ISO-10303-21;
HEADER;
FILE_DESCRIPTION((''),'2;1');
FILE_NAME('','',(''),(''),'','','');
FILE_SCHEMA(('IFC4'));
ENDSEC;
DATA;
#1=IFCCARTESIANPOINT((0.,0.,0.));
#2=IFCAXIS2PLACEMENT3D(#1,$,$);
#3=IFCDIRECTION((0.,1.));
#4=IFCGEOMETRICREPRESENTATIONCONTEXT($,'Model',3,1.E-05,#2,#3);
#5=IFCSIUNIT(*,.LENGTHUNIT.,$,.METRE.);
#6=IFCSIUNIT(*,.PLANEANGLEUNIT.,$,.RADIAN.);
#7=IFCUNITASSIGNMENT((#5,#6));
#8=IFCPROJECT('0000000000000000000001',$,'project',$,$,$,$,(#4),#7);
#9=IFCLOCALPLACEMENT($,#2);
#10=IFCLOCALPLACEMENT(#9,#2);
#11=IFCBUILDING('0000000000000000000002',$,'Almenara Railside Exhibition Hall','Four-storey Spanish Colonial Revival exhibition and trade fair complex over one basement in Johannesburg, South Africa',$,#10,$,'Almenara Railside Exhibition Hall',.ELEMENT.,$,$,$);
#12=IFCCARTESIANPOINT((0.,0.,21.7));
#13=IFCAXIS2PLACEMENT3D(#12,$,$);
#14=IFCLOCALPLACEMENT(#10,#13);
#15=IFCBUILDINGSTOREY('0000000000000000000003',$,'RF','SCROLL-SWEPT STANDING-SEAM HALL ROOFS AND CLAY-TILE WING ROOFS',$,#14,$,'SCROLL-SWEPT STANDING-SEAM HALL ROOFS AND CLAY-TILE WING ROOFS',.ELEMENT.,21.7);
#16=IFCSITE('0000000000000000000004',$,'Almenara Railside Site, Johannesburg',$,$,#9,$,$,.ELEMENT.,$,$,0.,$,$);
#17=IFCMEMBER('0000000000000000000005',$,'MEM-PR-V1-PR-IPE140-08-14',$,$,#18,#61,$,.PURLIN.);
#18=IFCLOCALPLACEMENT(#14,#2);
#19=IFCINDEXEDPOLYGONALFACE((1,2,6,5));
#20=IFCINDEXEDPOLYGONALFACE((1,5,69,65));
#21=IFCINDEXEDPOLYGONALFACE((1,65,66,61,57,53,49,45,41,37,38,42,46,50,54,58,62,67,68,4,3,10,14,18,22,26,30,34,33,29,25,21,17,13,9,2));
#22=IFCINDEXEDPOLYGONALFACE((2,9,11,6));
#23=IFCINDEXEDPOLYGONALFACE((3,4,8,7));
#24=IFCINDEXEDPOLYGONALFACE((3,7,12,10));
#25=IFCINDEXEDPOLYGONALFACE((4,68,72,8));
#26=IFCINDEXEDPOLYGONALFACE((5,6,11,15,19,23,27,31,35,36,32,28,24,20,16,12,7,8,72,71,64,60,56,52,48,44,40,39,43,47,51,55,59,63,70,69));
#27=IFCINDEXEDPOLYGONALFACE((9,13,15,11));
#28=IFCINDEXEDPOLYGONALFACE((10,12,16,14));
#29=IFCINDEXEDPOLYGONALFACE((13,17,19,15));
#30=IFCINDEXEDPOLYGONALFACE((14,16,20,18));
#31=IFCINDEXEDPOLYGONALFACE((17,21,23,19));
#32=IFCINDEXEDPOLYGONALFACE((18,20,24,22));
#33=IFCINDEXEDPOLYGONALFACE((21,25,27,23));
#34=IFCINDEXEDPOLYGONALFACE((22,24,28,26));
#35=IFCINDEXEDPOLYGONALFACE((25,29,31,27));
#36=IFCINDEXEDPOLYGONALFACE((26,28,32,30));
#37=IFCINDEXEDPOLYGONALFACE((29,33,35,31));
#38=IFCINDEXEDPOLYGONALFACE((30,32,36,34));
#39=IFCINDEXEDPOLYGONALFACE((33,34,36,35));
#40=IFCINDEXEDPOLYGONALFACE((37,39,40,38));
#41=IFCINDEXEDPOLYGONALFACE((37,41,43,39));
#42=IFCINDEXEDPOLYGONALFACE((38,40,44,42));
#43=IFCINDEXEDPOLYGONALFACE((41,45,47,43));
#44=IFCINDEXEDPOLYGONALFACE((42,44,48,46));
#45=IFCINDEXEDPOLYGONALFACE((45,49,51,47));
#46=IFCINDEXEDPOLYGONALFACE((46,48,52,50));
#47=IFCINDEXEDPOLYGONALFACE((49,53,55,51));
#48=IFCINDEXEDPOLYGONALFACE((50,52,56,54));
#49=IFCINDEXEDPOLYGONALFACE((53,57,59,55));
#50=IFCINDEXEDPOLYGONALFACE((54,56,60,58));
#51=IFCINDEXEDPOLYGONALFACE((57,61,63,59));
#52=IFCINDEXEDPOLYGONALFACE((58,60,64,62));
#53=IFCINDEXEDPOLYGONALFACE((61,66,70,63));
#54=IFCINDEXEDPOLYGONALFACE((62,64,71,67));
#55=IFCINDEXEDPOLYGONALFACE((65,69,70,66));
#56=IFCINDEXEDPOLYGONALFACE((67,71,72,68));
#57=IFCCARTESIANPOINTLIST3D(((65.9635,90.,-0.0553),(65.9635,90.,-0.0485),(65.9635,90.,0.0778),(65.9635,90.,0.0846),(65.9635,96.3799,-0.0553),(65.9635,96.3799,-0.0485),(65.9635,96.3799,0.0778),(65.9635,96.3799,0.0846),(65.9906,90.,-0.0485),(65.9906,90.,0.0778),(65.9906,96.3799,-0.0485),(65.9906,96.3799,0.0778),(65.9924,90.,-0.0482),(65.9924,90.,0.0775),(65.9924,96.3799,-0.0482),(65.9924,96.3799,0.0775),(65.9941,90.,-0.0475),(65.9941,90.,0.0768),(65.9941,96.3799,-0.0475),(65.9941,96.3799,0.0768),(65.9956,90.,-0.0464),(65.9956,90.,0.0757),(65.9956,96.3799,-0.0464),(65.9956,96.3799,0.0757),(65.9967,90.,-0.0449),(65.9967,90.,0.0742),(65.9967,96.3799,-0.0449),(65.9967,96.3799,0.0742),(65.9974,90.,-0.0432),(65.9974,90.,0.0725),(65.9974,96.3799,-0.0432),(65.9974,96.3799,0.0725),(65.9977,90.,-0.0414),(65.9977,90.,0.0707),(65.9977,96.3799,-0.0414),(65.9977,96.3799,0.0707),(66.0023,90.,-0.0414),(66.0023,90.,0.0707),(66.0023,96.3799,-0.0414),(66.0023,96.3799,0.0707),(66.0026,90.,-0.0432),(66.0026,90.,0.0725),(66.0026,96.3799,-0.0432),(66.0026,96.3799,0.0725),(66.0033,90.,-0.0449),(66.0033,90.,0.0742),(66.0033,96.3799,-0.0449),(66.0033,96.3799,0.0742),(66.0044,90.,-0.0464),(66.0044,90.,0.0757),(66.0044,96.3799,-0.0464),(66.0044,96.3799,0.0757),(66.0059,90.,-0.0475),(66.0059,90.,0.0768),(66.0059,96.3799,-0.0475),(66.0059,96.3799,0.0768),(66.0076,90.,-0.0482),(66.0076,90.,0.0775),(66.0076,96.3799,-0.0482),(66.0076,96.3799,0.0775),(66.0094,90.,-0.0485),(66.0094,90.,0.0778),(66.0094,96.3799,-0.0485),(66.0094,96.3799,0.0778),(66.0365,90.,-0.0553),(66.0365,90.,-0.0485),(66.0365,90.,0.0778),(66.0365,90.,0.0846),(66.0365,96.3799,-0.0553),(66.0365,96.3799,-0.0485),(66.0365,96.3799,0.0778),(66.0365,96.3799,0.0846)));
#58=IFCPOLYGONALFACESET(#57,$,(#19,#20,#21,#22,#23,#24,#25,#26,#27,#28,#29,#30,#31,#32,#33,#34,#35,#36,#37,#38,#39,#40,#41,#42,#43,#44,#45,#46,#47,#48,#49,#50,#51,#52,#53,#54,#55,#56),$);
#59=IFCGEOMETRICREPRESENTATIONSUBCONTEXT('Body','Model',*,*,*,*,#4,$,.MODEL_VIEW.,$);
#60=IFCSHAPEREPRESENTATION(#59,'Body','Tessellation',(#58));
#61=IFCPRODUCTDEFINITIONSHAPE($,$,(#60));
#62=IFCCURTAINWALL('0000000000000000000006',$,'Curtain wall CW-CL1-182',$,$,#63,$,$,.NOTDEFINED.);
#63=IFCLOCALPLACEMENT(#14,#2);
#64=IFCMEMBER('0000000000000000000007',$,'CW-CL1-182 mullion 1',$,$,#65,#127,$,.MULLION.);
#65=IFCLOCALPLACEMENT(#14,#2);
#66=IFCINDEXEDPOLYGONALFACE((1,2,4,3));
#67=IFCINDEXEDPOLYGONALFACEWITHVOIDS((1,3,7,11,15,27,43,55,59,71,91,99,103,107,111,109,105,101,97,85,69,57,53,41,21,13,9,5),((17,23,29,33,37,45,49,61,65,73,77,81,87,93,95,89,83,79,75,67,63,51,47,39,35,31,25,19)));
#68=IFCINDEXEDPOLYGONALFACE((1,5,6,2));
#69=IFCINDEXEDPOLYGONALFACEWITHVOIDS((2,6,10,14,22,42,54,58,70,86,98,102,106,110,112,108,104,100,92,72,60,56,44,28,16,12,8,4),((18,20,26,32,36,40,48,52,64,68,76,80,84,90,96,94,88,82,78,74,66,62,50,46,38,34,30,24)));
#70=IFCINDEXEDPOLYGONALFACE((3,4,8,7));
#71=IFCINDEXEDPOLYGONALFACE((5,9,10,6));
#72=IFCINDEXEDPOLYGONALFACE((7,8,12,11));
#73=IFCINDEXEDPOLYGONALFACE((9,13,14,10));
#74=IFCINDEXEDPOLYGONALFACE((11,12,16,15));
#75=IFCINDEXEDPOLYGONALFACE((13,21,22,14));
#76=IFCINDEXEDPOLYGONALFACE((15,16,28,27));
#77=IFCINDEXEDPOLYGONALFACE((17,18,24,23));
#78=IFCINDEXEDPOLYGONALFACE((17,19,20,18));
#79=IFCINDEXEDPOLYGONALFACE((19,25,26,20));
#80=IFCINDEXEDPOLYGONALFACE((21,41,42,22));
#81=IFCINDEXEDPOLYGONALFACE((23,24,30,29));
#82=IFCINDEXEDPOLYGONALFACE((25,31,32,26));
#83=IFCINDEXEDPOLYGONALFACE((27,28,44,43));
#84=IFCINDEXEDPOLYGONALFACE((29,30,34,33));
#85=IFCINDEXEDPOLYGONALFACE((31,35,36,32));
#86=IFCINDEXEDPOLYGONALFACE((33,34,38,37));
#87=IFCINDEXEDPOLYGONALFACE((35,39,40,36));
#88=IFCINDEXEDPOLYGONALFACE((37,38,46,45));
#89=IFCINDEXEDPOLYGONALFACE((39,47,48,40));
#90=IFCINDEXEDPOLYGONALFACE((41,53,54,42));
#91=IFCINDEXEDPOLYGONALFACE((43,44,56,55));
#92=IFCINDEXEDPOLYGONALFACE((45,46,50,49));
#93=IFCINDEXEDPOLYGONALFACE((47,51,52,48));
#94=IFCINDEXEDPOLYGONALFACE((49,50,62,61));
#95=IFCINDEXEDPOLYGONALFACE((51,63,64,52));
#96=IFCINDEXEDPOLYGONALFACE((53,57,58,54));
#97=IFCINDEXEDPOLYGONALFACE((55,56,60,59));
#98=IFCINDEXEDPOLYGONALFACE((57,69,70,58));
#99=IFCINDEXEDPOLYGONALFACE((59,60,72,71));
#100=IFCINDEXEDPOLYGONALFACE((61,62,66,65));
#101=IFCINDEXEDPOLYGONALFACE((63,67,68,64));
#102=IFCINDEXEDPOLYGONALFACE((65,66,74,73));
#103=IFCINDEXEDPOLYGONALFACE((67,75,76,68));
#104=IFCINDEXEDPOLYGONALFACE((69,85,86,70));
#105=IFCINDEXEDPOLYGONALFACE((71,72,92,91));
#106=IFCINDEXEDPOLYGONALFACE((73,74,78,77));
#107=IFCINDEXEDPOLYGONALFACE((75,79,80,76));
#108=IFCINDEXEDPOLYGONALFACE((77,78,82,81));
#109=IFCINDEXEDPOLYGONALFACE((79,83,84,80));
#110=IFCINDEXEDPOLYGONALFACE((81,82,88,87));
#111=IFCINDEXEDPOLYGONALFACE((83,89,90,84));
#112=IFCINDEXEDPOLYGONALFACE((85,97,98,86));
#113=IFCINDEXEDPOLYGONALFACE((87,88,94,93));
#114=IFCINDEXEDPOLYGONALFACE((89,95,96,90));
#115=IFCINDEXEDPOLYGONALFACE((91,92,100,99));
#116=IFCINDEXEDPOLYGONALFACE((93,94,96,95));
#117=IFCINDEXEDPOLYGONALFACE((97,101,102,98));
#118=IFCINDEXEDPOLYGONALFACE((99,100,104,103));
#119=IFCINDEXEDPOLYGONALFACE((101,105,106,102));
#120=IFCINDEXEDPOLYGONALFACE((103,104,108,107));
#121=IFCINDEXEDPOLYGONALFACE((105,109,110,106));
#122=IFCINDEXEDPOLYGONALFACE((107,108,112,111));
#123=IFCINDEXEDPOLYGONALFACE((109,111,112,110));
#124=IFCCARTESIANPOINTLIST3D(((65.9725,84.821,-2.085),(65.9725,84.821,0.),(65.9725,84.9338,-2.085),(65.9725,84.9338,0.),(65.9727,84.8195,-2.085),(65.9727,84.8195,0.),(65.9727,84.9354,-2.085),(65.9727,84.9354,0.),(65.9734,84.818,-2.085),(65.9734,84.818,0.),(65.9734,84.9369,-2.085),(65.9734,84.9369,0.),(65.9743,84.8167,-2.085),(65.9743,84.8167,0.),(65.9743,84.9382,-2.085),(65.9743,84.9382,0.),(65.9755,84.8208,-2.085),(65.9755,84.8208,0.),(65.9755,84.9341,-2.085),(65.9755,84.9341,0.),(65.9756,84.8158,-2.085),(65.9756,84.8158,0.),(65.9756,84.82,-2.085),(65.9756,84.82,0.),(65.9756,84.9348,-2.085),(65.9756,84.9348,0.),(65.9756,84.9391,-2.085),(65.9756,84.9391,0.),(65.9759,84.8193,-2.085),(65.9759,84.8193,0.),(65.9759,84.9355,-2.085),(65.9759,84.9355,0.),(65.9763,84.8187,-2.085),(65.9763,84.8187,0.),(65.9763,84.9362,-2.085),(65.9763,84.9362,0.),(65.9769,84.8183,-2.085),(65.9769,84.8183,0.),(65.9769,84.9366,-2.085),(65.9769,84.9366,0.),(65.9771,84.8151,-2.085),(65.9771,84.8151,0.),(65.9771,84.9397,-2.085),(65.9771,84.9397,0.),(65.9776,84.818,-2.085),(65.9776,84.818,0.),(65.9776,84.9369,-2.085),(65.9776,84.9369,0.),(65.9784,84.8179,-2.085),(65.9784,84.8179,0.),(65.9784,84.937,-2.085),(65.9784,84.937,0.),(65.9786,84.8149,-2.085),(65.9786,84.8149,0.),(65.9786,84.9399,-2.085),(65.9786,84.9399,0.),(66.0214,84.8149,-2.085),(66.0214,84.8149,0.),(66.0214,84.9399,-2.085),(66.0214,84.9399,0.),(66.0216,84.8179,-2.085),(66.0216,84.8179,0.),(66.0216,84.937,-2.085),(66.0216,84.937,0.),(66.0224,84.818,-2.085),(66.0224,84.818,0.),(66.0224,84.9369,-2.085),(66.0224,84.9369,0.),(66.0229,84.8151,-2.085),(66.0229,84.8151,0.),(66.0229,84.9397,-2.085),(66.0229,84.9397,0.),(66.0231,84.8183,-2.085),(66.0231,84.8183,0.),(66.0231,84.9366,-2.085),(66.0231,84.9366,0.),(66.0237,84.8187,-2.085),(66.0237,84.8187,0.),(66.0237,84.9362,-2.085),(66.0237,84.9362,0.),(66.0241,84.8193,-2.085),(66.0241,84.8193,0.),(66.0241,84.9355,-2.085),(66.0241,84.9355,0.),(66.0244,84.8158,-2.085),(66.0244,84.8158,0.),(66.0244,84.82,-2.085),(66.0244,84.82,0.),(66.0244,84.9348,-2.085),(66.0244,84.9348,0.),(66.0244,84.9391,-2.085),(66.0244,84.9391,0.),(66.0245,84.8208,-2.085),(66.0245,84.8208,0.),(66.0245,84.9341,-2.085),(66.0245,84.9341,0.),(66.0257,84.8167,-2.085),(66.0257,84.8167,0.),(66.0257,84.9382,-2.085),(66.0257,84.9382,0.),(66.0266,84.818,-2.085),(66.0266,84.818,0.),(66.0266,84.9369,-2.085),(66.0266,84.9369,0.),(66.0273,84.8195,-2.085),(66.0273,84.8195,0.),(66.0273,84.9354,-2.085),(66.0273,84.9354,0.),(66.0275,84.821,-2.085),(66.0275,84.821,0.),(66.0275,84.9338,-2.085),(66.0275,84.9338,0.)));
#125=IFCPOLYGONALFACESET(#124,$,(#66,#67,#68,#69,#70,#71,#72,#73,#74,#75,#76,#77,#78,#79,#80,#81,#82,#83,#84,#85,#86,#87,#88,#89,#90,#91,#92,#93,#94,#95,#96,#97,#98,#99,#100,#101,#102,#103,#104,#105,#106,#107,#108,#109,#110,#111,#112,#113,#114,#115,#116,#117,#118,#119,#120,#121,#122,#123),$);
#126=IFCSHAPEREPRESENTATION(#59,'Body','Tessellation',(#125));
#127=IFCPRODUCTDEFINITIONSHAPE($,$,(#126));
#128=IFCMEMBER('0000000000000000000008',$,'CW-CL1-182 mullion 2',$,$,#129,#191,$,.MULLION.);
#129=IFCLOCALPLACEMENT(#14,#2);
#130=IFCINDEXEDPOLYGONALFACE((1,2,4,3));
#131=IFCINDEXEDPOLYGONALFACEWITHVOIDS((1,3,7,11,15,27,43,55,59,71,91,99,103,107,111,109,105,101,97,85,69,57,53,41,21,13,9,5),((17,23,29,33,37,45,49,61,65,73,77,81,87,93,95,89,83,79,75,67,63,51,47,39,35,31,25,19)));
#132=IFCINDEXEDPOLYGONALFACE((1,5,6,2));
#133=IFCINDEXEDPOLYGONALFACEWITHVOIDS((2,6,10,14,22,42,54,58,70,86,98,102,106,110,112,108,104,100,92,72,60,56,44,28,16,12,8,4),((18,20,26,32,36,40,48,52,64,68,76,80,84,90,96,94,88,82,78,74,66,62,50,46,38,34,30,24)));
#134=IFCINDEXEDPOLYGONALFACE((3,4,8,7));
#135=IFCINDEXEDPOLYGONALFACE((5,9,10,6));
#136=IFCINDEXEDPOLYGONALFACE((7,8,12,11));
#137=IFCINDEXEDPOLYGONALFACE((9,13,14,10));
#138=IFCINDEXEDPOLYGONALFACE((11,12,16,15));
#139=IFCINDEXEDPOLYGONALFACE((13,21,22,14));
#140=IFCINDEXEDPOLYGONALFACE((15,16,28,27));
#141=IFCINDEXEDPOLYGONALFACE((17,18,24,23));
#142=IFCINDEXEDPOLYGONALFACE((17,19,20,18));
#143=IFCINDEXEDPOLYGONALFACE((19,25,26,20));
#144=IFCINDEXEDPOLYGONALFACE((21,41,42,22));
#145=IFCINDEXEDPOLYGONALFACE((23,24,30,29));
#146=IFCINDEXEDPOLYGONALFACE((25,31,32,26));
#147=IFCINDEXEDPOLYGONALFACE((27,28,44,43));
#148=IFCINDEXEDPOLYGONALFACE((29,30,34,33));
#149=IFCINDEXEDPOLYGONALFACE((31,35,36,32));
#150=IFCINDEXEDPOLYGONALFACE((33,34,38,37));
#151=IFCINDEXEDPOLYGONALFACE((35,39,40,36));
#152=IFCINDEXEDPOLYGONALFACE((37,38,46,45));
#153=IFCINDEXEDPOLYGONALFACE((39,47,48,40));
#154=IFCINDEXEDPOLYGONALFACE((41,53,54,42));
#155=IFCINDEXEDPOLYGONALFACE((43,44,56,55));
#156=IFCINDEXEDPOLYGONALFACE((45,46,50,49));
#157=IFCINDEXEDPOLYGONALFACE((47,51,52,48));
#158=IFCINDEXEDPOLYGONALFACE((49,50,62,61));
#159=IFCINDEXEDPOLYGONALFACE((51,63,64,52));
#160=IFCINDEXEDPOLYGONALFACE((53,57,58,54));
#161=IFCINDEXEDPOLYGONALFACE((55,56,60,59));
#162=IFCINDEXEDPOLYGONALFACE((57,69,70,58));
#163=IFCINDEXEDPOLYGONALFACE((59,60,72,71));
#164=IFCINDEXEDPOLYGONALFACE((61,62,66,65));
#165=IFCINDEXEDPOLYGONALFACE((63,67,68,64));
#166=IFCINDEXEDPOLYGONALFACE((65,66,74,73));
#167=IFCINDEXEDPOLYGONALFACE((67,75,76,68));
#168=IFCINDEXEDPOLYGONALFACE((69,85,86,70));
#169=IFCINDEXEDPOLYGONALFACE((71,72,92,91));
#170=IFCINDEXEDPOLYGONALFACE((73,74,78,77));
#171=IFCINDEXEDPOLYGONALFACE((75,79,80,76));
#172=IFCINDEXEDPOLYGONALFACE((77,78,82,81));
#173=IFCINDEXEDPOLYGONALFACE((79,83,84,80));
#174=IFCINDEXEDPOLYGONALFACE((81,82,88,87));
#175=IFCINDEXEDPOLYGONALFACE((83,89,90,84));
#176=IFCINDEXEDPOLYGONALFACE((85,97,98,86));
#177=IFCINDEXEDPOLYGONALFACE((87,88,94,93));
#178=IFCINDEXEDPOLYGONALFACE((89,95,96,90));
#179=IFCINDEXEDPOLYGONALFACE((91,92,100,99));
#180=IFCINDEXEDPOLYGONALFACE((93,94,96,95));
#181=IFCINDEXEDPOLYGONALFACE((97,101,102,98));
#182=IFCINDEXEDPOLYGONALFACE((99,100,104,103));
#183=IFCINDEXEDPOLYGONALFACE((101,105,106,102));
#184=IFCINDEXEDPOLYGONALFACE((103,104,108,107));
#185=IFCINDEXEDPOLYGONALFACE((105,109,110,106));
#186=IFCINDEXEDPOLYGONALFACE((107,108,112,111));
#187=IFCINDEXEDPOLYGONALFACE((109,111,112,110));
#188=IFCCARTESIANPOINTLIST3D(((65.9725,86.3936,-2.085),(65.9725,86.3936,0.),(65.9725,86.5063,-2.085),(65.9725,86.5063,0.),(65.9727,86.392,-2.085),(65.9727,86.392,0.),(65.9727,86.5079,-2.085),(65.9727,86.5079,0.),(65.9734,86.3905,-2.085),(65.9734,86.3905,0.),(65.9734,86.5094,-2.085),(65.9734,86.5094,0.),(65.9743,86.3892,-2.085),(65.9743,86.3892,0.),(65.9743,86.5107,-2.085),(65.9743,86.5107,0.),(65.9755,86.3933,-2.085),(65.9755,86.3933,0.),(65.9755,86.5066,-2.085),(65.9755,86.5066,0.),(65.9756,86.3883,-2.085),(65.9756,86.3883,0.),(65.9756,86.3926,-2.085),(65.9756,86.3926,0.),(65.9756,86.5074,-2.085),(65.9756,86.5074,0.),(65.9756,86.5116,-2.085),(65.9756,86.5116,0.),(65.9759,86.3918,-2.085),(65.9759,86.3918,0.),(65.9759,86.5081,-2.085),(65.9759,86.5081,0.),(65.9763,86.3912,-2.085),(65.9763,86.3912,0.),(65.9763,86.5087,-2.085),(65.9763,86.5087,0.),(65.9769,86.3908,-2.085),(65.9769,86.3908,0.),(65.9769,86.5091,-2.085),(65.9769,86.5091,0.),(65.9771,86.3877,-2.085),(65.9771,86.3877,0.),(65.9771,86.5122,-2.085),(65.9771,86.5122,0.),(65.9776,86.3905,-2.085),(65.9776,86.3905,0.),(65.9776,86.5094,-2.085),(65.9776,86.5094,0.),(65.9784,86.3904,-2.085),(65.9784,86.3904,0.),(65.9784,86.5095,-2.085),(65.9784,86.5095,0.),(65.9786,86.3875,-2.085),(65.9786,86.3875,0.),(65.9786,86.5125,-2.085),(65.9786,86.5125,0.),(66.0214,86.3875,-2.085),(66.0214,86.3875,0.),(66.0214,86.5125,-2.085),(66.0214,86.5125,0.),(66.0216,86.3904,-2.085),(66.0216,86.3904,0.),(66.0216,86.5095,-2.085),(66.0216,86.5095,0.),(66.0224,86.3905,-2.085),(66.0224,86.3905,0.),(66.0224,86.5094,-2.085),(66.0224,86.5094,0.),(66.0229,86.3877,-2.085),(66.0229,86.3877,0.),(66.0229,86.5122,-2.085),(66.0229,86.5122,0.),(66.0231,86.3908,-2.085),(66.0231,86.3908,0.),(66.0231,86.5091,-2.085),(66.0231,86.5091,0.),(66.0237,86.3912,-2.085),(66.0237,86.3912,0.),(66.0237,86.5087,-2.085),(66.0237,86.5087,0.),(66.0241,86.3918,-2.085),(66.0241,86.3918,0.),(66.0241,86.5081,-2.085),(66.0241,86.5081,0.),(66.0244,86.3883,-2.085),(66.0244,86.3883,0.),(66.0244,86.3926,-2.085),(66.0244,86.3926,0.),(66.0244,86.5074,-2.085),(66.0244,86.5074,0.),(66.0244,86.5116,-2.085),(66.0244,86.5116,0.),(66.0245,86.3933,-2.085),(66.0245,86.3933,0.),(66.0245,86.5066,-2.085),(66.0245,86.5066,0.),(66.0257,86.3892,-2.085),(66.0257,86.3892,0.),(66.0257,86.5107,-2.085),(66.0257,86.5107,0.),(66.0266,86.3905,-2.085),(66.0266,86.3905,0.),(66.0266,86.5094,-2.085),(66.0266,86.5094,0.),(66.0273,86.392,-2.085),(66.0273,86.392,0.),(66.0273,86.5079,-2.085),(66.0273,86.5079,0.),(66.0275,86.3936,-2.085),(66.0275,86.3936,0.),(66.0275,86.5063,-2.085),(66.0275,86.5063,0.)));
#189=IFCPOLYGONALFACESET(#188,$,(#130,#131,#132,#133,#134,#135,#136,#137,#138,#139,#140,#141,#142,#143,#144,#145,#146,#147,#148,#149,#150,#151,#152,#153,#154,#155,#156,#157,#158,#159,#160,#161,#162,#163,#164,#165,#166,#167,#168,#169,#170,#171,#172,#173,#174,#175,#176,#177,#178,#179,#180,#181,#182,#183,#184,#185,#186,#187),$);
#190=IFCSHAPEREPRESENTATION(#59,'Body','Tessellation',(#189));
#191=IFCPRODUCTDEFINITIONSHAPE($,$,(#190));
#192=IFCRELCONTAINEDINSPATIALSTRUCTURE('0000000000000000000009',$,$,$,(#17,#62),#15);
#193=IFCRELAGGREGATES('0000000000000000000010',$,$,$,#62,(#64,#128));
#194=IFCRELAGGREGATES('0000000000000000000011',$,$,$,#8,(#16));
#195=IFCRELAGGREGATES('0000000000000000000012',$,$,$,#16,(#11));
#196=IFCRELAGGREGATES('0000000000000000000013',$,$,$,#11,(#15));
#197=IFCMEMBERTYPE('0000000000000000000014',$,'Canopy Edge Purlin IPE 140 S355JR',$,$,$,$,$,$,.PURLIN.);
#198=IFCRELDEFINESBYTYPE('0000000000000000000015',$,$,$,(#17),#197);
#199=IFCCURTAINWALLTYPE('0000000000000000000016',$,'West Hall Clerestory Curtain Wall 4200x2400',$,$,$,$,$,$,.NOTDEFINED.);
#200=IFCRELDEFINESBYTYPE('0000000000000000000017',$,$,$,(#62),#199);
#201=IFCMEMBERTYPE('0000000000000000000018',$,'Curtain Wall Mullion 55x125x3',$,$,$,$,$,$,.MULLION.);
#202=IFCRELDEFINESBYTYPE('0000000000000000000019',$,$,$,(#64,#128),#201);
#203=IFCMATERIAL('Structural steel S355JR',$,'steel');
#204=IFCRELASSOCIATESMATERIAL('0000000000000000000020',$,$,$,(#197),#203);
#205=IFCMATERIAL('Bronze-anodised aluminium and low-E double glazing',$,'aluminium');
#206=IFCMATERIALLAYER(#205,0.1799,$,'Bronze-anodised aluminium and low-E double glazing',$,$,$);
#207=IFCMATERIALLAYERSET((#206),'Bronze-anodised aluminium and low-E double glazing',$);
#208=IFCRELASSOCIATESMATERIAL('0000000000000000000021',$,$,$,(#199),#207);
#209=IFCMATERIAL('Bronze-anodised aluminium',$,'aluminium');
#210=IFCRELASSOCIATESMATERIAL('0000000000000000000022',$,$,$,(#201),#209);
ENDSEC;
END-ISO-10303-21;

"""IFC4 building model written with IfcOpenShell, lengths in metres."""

from ifc_helpers import new_model, si_unit, direction, frame, origin, origin_2d, place, context, subcontext, project, spatial, hollow_rectangle, i_section, extrude, material, layer, layer_set, material_profile, profile_set, type_object, element, aggregate, save


model = new_model("IFC4")

# Units and contexts
model_context = context("Model", 3, precision=1e-05, world=origin(), true_north=direction((0.0, 1.0)))
body_context = subcontext(model_context, "Body", "Model", "MODEL_VIEW")
ifc_project = project(units=[si_unit("LENGTHUNIT", "METRE"), si_unit("PLANEANGLEUNIT", "RADIAN")], contexts=[model_context])

# Site, building, storey
site_placement = place(None, origin())
site = spatial("IfcSite", under=ifc_project, at=site_placement, Name="Almenara Railside Site, Johannesburg", CompositionType="ELEMENT", RefElevation=0.0)
building_placement = place(site_placement, origin())
building = spatial("IfcBuilding", under=site, at=building_placement, Name="Almenara Railside Exhibition Hall", Description="Four-storey Spanish Colonial Revival exhibition and trade fair complex over one basement in Johannesburg, South Africa", LongName="Almenara Railside Exhibition Hall", CompositionType="ELEMENT")
storey_placement = place(building_placement, frame((0.0, 0.0, 21.7)))
storey = spatial("IfcBuildingStorey", under=building, at=storey_placement, Name="RF", Description="SCROLL-SWEPT STANDING-SEAM HALL ROOFS AND CLAY-TILE WING ROOFS", LongName="SCROLL-SWEPT STANDING-SEAM HALL ROOFS AND CLAY-TILE WING ROOFS", CompositionType="ELEMENT", Elevation=21.7)

# Member
ifc_material_1 = material(Name="Structural steel S355JR", Category="steel")
ifc_material_profile_1 = material_profile(ifc_material_1, i_section(OverallWidth=0.073, OverallDepth=0.1399, WebThickness=0.0046, FlangeThickness=0.0068, FilletRadius=0.0071, at=origin_2d()), Name="IPE 140")
ifc_profile_set_1 = profile_set([ifc_material_profile_1], Name="Structural steel S355JR")
member_type_1 = type_object("IfcMemberType", Name="Canopy Edge Purlin IPE 140 S355JR", PredefinedType="PURLIN", material=ifc_profile_set_1)
member_1_placement = place(storey_placement, frame((66.0, 90.0, 0.0146), z_axis=(0.0, 1.0, 0.0), x_axis=(-1.0, 0.0, 0.0)))
element("IfcMember", 1, at=member_1_placement, inside=storey, type_object=member_type_1, Name="MEM-PR-V1-PR-IPE140-08-14", PredefinedType="PURLIN", context=body_context, shape_type="SweptSolid", body=[
    extrude(i_section(OverallWidth=0.073, OverallDepth=0.1399, WebThickness=0.0046, FlangeThickness=0.0068, FilletRadius=0.0071, at=origin_2d()), origin(), (0.0, 0.0, 1.0), 6.3799),
])

# Curtain wall, members
ifc_material_2 = material(Name="Bronze-anodised aluminium and low-E double glazing", Category="aluminium")
ifc_layer_1 = layer(ifc_material_2, 0.1799, Name="Bronze-anodised aluminium and low-E double glazing")
ifc_layer_set_1 = layer_set([ifc_layer_1], Name="Bronze-anodised aluminium and low-E double glazing")
curtain_wall_type = type_object("IfcCurtainWallType", Name="West Hall Clerestory Curtain Wall 4200x2400", PredefinedType="NOTDEFINED", material=ifc_layer_set_1)
curtain_wall_1_placement = place(storey_placement, origin())
curtain_wall_1 = element("IfcCurtainWall", 2, at=curtain_wall_1_placement, inside=storey, type_object=curtain_wall_type, Name="Curtain wall CW-CL1-182", PredefinedType="NOTDEFINED")
ifc_material_3 = material(Name="Bronze-anodised aluminium", Category="aluminium")
ifc_material_profile_2 = material_profile(ifc_material_3, hollow_rectangle(XDim=0.0549, YDim=0.125, WallThickness=0.0029, InnerFilletRadius=0.0029, OuterFilletRadius=0.0061, at=origin_2d()), Name="ALU-MUL 55x125x3")
ifc_profile_set_2 = profile_set([ifc_material_profile_2], Name="Bronze-anodised aluminium")
member_type_2 = type_object("IfcMemberType", Name="Curtain Wall Mullion 55x125x3", PredefinedType="MULLION", material=ifc_profile_set_2)
member_2_placement = place(storey_placement, frame((66.0, 84.8774, -2.085), z_axis=(0.0, 0.0, 1.0), x_axis=(-1.0, 0.0, 0.0)))
member_2 = element("IfcMember", 3, at=member_2_placement, type_object=member_type_2, Name="CW-CL1-182 mullion 1", PredefinedType="MULLION", context=body_context, shape_type="SweptSolid", body=[
    extrude(hollow_rectangle(XDim=0.0549, YDim=0.125, WallThickness=0.0029, InnerFilletRadius=0.0029, OuterFilletRadius=0.0061, at=origin_2d()), origin(), (0.0, 0.0, 1.0), 2.085),
])
member_3_placement = place(storey_placement, frame((66.0, 86.45, -2.085), z_axis=(0.0, 0.0, 1.0), x_axis=(-1.0, 0.0, 0.0)))
member_3 = element("IfcMember", 4, at=member_3_placement, type_object=member_type_2, Name="CW-CL1-182 mullion 2", PredefinedType="MULLION", context=body_context, shape_type="SweptSolid", body=[
    extrude(hollow_rectangle(XDim=0.0549, YDim=0.125, WallThickness=0.0029, InnerFilletRadius=0.0029, OuterFilletRadius=0.0061, at=origin_2d()), origin(), (0.0, 0.0, 1.0), 2.085),
])

aggregate(curtain_wall_1, [member_2, member_3])

save(model, "model.ifc")
